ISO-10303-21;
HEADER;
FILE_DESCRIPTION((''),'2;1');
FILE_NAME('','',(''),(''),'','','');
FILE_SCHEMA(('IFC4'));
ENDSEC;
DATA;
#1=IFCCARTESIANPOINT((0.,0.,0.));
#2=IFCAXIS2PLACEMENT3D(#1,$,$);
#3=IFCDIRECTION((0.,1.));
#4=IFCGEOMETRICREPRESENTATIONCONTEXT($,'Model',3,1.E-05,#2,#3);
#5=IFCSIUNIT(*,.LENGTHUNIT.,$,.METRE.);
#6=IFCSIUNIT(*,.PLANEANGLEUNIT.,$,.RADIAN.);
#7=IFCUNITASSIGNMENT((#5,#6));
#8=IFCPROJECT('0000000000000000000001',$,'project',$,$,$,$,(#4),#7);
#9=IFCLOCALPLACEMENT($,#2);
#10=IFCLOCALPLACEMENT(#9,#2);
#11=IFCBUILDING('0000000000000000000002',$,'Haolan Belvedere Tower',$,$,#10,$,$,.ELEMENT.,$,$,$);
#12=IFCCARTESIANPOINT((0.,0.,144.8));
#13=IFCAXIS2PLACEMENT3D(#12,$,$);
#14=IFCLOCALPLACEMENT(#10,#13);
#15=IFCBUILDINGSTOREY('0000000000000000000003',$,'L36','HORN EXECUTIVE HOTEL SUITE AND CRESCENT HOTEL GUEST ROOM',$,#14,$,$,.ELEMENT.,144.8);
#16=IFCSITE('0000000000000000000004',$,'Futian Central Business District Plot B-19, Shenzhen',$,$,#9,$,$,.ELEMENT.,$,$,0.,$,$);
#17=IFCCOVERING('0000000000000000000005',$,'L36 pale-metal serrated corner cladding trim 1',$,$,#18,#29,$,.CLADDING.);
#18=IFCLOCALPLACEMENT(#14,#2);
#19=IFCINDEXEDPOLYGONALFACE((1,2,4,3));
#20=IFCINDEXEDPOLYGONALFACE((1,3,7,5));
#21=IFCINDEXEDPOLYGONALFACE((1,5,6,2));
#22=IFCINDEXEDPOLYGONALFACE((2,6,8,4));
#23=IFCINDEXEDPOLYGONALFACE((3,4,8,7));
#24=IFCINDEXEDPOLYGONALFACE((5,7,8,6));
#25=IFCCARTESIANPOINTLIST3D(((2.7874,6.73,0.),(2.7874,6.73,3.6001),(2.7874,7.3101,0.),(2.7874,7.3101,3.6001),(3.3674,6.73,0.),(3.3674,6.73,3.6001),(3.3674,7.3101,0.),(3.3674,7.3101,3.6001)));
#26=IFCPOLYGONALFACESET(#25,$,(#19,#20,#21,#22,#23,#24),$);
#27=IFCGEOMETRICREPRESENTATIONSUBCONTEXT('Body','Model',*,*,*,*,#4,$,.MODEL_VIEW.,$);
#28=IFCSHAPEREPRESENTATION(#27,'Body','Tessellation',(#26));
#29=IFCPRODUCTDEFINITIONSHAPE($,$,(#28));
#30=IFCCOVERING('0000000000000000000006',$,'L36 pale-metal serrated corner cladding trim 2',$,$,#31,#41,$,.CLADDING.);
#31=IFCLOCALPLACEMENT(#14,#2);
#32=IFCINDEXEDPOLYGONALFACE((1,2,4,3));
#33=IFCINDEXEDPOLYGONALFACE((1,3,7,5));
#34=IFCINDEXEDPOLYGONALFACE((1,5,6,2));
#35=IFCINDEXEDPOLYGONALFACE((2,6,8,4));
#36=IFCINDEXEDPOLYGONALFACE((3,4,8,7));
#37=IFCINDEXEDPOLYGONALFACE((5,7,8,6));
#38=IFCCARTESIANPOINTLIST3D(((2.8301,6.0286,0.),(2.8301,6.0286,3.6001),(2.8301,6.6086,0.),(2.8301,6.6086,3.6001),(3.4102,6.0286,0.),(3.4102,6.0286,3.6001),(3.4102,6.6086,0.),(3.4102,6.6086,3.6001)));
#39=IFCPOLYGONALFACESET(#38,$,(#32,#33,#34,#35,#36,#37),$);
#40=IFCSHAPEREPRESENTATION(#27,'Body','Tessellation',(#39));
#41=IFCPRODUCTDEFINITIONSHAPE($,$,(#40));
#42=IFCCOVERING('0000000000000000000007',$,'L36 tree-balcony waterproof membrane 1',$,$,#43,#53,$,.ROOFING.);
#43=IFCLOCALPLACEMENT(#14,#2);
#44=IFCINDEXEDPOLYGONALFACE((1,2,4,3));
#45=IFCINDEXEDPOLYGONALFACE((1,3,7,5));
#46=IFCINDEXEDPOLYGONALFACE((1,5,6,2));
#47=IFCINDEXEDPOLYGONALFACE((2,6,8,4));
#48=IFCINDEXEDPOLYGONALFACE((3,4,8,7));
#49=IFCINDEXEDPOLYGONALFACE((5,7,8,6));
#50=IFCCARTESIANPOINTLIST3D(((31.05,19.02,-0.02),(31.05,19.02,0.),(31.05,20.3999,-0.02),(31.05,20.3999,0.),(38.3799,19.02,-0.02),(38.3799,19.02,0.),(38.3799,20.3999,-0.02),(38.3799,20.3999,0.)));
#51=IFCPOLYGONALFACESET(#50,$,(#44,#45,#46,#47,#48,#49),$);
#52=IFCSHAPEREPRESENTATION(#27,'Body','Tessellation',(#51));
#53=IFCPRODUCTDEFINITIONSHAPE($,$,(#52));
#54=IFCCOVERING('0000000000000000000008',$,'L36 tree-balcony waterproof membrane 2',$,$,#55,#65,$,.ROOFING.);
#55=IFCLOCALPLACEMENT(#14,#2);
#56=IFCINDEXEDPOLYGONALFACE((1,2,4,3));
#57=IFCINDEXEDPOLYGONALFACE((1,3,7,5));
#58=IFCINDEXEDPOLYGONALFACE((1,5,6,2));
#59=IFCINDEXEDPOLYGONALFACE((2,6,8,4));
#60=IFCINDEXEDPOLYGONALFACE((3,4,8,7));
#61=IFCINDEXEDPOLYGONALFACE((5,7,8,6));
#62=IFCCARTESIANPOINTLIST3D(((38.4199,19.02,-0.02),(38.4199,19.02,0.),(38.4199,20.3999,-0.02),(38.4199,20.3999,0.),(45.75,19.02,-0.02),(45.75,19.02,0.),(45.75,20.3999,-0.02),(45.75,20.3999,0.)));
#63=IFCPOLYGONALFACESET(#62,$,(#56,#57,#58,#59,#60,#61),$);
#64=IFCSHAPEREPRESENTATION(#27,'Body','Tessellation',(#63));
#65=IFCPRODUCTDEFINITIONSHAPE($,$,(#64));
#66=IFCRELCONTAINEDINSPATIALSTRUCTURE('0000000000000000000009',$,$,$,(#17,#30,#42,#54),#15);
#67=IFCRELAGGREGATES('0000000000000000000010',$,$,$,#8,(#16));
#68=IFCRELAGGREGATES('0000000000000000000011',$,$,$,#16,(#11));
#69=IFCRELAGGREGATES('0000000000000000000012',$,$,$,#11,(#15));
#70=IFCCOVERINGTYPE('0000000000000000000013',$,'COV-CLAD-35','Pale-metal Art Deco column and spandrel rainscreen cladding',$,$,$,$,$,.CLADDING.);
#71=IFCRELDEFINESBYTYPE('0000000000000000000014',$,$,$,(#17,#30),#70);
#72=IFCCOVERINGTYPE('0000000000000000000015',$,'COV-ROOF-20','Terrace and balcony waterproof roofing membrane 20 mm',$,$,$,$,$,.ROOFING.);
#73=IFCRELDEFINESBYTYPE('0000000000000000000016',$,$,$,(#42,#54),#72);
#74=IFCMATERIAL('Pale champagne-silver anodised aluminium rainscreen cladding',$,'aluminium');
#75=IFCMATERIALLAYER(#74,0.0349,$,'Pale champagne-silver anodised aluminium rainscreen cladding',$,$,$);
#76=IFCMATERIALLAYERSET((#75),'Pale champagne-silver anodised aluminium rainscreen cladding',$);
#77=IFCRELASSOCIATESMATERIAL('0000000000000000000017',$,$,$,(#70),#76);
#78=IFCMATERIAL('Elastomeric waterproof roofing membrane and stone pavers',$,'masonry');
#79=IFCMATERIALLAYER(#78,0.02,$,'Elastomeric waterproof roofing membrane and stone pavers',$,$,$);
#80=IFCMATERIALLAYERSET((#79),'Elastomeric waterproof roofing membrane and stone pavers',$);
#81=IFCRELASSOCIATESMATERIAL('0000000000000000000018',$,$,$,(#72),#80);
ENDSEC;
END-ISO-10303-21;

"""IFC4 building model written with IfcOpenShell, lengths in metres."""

from ifc_helpers import new_model, si_unit, direction, frame, origin, origin_2d, place, context, subcontext, project, spatial, polyline, rectangle, outline, extrude, material, layer, layer_set, type_object, element, save


model = new_model("IFC4")

# Units and contexts
model_context = context("Model", 3, precision=1e-05, world=origin(), true_north=direction((0.0, 1.0)))
body_context = subcontext(model_context, "Body", "Model", "MODEL_VIEW")
ifc_project = project(units=[si_unit("LENGTHUNIT", "METRE"), si_unit("PLANEANGLEUNIT", "RADIAN")], contexts=[model_context])

# Site, building, storey
site_placement = place(None, origin())
site = spatial("IfcSite", under=ifc_project, at=site_placement, Name="Futian Central Business District Plot B-19, Shenzhen", CompositionType="ELEMENT", RefElevation=0.0)
building_placement = place(site_placement, origin())
building = spatial("IfcBuilding", under=site, at=building_placement, Name="Haolan Belvedere Tower", CompositionType="ELEMENT")
storey_placement = place(building_placement, frame((0.0, 0.0, 144.8)))
storey = spatial("IfcBuildingStorey", under=building, at=storey_placement, Name="L36", Description="HORN EXECUTIVE HOTEL SUITE AND CRESCENT HOTEL GUEST ROOM", CompositionType="ELEMENT", Elevation=144.8)

# Coverings
ifc_material_1 = material(Name="Pale champagne-silver anodised aluminium rainscreen cladding", Category="aluminium")
ifc_layer_1 = layer(ifc_material_1, 0.0349, Name="Pale champagne-silver anodised aluminium rainscreen cladding")
ifc_layer_set_1 = layer_set([ifc_layer_1], Name="Pale champagne-silver anodised aluminium rainscreen cladding")
covering_type_1 = type_object("IfcCoveringType", Name="COV-CLAD-35", Description="Pale-metal Art Deco column and spandrel rainscreen cladding", PredefinedType="CLADDING", material=ifc_layer_set_1)
for number, where, z_axis, x_axis, name in (
    (1, (3.0774, 7.02, 0.0), (0.0, 0.0, 1.0), (1.0, 0.0, 0.0), "L36 pale-metal serrated corner cladding trim 1"),
    (2, (3.1201, 6.3186, 0.0), (0.0, 0.0, 1.0), (1.0, 0.0, 0.0), "L36 pale-metal serrated corner cladding trim 2"),
):
    element("IfcCovering", number, at=place(storey_placement, frame(where, z_axis=z_axis, x_axis=x_axis)), inside=storey, type_object=covering_type_1, Name=name, PredefinedType="CLADDING", context=body_context, shape_type="SweptSolid", body=[
        extrude(rectangle(XDim=0.5801, YDim=0.5801, at=origin_2d()), origin(), (0.0, 0.0, 1.0), 3.6001),
    ])
ifc_material_2 = material(Name="Elastomeric waterproof roofing membrane and stone pavers", Category="masonry")
ifc_layer_2 = layer(ifc_material_2, 0.02, Name="Elastomeric waterproof roofing membrane and stone pavers")
ifc_layer_set_2 = layer_set([ifc_layer_2], Name="Elastomeric waterproof roofing membrane and stone pavers")
covering_type_2 = type_object("IfcCoveringType", Name="COV-ROOF-20", Description="Terrace and balcony waterproof roofing membrane 20 mm", PredefinedType="ROOFING", material=ifc_layer_set_2)
covering_1_placement = place(storey_placement, frame((0.0, 0.0, -0.02)))
element("IfcCovering", 3, at=covering_1_placement, inside=storey, type_object=covering_type_2, Name="L36 tree-balcony waterproof membrane 1", PredefinedType="ROOFING", context=body_context, shape_type="SweptSolid", body=[
    extrude(outline(polyline([(31.05, 19.02), (38.3799, 19.02), (38.3799, 20.3999), (31.05, 20.3999), (31.05, 19.02)])), origin(), (0.0, 0.0, 1.0), 0.02),
])
covering_2_placement = place(storey_placement, frame((0.0, 0.0, -0.02)))
element("IfcCovering", 4, at=covering_2_placement, inside=storey, type_object=covering_type_2, Name="L36 tree-balcony waterproof membrane 2", PredefinedType="ROOFING", context=body_context, shape_type="SweptSolid", body=[
    extrude(outline(polyline([(38.4199, 19.02), (45.75, 19.02), (45.75, 20.3999), (38.4199, 20.3999), (38.4199, 19.02)])), origin(), (0.0, 0.0, 1.0), 0.02),
])

save(model, "model.ifc")
